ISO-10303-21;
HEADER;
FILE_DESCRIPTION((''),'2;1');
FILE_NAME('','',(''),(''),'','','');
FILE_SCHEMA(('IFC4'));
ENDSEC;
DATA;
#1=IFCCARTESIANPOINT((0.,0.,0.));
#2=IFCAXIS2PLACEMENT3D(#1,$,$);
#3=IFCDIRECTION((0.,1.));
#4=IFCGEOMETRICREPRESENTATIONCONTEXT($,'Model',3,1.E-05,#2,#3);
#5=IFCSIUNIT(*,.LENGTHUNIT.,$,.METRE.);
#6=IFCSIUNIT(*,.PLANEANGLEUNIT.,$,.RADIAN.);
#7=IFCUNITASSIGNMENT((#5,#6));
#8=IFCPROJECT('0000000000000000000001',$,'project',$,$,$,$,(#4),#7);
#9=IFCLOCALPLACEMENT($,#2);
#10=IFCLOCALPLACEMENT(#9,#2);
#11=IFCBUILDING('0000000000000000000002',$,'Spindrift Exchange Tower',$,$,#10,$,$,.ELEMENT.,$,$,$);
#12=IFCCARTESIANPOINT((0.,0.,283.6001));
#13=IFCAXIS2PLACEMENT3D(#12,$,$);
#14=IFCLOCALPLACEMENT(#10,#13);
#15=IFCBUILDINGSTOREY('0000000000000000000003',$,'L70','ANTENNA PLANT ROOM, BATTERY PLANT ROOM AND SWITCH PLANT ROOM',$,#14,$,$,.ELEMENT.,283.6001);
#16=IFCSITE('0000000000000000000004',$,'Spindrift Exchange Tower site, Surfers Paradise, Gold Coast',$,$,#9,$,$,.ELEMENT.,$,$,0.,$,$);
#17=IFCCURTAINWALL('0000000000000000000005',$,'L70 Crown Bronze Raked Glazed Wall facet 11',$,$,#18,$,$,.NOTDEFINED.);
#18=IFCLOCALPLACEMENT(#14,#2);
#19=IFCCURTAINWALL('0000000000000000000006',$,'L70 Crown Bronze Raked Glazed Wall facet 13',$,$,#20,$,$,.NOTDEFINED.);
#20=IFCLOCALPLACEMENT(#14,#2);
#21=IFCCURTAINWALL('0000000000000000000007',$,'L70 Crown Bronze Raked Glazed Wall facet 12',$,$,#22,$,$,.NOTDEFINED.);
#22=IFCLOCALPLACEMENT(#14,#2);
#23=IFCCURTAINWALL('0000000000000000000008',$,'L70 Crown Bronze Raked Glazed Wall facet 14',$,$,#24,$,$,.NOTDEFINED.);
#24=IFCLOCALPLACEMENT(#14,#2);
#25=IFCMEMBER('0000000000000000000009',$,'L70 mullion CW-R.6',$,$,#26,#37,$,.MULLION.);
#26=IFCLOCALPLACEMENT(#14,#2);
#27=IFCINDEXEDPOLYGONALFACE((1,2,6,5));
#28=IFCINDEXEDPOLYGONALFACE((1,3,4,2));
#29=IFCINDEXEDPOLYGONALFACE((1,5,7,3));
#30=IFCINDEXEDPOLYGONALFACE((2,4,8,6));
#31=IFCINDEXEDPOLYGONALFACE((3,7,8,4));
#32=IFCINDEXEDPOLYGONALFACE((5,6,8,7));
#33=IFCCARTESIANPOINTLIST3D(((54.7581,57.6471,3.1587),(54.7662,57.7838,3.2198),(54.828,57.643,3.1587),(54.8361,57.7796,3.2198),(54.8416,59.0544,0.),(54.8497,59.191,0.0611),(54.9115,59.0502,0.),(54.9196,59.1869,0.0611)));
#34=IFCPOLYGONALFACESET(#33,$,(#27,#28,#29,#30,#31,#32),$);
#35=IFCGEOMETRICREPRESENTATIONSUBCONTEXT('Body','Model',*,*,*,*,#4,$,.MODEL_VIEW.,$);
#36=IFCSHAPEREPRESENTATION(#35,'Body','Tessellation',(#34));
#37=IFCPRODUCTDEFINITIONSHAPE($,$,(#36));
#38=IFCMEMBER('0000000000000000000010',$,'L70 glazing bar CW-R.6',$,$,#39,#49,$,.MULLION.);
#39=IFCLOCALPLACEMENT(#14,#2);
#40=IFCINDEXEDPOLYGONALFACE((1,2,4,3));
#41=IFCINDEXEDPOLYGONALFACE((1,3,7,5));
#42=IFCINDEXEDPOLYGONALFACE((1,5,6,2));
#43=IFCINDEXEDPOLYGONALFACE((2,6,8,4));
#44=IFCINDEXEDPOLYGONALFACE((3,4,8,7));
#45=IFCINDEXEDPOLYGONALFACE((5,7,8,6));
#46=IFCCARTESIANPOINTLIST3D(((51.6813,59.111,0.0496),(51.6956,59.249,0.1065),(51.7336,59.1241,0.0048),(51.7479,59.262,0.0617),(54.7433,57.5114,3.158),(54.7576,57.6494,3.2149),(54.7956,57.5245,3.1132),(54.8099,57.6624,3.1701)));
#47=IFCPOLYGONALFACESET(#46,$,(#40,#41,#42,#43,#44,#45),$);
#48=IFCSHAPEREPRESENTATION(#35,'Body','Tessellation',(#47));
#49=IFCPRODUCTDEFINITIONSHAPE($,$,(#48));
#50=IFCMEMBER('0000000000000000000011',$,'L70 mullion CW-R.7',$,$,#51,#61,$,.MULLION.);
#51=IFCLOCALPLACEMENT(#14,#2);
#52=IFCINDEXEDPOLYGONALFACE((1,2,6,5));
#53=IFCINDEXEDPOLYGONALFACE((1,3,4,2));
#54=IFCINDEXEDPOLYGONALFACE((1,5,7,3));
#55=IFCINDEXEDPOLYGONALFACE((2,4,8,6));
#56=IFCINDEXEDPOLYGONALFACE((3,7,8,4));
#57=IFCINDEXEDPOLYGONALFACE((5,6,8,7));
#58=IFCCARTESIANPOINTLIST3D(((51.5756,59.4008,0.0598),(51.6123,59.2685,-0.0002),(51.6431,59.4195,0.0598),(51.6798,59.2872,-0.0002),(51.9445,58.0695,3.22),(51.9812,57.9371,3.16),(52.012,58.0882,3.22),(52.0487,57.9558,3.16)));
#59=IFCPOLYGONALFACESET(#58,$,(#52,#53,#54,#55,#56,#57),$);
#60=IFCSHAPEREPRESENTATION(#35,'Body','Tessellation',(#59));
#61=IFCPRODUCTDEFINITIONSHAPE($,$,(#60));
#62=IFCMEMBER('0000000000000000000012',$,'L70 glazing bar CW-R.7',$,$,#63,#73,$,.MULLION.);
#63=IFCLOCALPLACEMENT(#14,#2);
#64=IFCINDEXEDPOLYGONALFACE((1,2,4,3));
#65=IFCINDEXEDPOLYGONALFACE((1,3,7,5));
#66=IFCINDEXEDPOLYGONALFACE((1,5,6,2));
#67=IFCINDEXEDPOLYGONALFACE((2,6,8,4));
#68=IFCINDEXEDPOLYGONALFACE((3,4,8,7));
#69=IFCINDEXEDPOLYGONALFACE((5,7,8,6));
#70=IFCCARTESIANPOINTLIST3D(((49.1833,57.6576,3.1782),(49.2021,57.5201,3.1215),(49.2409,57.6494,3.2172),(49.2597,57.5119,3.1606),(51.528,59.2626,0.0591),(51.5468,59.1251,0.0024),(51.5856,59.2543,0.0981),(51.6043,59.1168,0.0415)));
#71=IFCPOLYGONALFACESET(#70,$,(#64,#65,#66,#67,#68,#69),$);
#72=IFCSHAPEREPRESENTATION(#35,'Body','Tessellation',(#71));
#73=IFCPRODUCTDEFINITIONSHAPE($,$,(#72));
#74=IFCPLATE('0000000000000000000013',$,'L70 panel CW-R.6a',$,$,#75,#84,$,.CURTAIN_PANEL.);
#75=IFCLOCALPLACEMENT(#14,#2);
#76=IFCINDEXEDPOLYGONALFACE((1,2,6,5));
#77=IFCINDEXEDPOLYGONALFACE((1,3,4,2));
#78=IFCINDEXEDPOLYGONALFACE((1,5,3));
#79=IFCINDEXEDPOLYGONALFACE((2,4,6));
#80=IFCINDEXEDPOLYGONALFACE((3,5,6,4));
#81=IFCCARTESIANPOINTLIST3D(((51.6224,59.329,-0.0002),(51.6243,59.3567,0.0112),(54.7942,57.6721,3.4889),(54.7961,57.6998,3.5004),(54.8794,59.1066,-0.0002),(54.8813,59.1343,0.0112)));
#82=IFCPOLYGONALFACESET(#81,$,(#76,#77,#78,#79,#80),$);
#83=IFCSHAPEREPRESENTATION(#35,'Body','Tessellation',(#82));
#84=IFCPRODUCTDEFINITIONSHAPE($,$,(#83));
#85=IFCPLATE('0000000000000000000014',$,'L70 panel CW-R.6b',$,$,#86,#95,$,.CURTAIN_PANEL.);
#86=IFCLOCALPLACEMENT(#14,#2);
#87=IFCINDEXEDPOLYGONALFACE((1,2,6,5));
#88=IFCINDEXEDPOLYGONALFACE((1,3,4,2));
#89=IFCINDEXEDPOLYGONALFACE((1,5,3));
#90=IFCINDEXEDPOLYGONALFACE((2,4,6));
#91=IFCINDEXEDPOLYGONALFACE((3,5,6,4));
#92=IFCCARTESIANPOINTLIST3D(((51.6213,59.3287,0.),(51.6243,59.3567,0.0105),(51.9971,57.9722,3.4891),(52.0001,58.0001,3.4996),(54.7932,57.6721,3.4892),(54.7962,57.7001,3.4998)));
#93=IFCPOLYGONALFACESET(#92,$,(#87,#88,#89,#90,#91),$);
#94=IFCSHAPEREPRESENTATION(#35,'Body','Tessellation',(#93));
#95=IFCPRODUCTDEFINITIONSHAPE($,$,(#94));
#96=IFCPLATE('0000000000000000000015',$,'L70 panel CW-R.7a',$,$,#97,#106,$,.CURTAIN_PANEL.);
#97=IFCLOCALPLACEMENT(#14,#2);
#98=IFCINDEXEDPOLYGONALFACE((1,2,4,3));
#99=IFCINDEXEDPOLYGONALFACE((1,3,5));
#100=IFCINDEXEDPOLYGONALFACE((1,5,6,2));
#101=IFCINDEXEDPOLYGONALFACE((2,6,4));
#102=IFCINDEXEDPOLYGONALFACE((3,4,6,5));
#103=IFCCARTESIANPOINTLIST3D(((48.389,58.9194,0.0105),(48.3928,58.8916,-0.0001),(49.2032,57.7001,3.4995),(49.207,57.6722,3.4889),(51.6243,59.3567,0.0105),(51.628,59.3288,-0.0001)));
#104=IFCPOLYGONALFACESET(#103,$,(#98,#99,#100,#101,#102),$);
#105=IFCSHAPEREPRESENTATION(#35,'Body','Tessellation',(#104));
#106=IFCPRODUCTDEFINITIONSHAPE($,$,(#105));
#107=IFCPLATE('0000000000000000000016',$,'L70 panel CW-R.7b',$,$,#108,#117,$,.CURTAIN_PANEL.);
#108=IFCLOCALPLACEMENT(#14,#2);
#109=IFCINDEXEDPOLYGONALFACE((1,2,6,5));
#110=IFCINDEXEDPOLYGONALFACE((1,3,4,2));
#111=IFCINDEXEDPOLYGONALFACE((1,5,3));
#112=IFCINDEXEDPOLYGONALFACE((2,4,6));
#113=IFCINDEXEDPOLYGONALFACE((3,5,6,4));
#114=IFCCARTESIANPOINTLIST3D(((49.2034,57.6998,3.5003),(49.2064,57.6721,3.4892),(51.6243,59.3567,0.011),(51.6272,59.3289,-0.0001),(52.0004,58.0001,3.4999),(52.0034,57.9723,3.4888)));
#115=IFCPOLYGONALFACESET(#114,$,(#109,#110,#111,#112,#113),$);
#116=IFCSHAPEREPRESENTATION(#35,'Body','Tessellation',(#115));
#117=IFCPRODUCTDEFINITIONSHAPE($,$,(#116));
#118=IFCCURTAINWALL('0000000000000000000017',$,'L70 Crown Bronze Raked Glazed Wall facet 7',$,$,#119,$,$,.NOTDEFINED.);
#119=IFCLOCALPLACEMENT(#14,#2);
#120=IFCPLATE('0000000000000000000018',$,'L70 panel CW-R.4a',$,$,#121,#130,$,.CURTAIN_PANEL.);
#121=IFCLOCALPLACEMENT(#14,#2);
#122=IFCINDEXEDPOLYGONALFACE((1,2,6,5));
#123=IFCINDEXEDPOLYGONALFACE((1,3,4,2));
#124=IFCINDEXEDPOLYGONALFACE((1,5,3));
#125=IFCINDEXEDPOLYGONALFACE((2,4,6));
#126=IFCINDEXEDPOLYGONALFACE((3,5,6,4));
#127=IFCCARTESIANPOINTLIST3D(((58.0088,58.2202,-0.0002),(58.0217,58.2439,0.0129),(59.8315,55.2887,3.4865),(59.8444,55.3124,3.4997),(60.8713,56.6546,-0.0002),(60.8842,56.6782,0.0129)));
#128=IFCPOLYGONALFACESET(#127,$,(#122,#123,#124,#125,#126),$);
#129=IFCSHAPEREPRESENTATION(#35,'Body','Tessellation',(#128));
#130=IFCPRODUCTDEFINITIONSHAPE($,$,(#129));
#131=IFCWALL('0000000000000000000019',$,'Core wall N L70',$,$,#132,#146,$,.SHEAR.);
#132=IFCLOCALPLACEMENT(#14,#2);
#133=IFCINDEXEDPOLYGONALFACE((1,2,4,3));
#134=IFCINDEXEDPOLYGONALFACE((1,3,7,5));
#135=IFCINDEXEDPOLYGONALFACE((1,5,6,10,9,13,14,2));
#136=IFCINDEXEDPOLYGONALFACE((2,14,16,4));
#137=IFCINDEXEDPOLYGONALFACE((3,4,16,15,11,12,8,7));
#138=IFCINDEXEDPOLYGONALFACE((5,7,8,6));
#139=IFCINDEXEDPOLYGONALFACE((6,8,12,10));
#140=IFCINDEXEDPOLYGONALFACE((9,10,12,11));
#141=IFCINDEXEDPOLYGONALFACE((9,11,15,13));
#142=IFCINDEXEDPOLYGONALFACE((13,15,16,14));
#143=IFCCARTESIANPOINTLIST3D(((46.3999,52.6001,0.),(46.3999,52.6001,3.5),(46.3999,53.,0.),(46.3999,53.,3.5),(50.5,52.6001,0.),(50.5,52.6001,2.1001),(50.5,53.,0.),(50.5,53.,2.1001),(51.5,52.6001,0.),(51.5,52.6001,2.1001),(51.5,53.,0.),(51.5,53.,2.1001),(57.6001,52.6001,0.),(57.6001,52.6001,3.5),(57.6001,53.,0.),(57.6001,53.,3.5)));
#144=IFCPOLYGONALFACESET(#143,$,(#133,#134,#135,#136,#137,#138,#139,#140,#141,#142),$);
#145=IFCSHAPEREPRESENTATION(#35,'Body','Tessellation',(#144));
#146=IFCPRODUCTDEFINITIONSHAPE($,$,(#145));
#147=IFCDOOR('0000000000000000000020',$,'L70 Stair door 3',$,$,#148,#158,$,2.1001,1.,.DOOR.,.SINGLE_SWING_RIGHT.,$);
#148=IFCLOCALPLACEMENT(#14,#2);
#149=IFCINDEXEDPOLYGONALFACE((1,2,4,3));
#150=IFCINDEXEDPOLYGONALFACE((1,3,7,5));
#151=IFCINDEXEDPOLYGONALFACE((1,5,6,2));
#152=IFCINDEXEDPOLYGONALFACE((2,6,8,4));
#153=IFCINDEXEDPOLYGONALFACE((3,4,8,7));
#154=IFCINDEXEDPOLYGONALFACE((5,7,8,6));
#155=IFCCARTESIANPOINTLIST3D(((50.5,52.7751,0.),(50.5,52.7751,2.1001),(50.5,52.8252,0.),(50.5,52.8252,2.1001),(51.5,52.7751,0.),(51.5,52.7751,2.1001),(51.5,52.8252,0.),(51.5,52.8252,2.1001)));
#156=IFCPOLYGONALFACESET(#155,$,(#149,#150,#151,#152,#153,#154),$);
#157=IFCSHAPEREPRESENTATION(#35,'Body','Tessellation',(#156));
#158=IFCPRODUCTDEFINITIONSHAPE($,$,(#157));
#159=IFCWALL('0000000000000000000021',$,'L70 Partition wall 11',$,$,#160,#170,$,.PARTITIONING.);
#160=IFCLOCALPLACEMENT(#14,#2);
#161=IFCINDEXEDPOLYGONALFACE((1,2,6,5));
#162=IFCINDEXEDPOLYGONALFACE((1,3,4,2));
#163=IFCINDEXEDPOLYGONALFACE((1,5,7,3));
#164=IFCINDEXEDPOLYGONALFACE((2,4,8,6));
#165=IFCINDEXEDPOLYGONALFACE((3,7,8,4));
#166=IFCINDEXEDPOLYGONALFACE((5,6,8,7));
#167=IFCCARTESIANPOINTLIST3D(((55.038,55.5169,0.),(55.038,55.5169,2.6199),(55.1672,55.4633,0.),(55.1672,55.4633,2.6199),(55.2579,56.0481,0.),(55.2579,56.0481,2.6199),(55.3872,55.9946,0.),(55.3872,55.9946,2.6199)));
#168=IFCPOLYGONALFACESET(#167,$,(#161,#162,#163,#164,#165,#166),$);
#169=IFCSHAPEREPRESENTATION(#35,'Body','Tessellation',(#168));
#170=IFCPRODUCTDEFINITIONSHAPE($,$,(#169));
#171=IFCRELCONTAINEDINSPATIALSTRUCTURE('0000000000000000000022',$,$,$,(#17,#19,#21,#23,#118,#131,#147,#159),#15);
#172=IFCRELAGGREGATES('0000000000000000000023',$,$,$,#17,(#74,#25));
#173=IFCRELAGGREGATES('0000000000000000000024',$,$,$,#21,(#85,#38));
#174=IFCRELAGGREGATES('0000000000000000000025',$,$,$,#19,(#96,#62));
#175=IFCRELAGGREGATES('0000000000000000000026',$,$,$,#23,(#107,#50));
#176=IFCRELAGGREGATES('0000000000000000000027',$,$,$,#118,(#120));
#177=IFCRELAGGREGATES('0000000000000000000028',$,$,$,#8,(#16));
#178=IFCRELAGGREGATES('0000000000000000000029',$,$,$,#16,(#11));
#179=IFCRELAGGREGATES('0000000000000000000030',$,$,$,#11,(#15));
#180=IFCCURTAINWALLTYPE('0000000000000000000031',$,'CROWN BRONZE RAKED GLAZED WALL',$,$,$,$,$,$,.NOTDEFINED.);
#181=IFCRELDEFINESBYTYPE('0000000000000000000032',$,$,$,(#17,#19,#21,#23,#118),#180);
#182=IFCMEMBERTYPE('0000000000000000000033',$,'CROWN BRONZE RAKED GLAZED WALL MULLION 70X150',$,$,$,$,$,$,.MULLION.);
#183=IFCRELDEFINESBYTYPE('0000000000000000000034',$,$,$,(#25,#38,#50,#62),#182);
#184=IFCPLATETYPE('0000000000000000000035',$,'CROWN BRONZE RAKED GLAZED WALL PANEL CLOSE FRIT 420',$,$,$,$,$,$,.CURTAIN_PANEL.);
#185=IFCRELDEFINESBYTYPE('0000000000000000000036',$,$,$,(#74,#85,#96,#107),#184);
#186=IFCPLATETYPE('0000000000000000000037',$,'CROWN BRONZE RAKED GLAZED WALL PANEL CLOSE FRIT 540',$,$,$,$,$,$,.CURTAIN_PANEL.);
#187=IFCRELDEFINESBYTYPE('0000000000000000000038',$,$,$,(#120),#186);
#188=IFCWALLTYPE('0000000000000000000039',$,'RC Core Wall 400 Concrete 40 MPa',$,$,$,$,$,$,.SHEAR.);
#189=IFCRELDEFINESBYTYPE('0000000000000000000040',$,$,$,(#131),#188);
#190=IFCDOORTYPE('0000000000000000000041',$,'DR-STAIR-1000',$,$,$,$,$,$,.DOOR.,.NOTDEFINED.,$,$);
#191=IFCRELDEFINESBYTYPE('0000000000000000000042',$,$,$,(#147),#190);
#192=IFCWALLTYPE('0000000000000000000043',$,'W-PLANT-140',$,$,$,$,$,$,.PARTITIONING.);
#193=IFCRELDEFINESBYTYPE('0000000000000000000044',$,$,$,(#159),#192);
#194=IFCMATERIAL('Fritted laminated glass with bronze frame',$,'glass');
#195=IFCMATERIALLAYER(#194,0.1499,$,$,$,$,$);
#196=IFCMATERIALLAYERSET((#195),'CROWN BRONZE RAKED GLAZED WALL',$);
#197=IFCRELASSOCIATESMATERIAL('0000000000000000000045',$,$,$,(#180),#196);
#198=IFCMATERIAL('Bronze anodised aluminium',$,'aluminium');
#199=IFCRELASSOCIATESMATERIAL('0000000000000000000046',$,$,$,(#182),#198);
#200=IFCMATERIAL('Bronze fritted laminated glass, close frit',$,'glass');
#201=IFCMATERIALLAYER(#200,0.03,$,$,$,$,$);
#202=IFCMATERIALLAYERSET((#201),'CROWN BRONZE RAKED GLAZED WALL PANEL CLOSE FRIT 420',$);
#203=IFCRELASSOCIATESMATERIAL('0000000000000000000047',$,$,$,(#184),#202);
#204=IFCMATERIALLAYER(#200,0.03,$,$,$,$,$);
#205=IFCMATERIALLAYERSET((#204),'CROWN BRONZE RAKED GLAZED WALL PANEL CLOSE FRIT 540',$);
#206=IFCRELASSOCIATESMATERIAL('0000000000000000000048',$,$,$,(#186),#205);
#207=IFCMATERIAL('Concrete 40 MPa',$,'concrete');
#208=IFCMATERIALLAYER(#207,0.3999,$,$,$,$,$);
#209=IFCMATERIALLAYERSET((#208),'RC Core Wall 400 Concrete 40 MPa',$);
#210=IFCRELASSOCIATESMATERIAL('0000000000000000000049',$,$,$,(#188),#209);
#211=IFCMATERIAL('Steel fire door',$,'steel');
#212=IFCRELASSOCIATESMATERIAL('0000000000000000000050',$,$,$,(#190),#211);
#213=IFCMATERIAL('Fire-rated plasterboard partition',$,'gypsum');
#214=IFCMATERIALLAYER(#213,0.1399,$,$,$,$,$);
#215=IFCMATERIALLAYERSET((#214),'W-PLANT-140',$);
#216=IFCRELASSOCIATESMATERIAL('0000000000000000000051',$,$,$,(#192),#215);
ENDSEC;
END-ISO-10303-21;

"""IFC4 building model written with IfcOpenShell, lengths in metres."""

from ifc_helpers import new_model, si_unit, direction, frame, frame_2d, origin, origin_2d, place, context, subcontext, project, spatial, line, indexed_curve, rectangle, outline, extrude, source, transform, mapped, material, layer, layer_set, material_profile, profile_set, type_object, element, fill, aggregate, save


model = new_model("IFC4")

# Units and contexts
model_context = context("Model", 3, precision=1e-05, world=origin(), true_north=direction((0.0, 1.0)))
body_context = subcontext(model_context, "Body", "Model", "MODEL_VIEW")
ifc_project = project(units=[si_unit("LENGTHUNIT", "METRE"), si_unit("PLANEANGLEUNIT", "RADIAN")], contexts=[model_context])

# Site, building, storey
site_placement = place(None, origin())
site = spatial("IfcSite", under=ifc_project, at=site_placement, Name="Spindrift Exchange Tower site, Surfers Paradise, Gold Coast", CompositionType="ELEMENT", RefElevation=0.0)
building_placement = place(site_placement, origin())
building = spatial("IfcBuilding", under=site, at=building_placement, Name="Spindrift Exchange Tower", CompositionType="ELEMENT")
storey_placement = place(building_placement, frame((0.0, 0.0, 283.6001)))
storey = spatial("IfcBuildingStorey", under=building, at=storey_placement, Name="L70", Description="ANTENNA PLANT ROOM, BATTERY PLANT ROOM AND SWITCH PLANT ROOM", CompositionType="ELEMENT", Elevation=283.6001)

# Shared definitions
ifc_material_1 = material(Name="Concrete 40 MPa", Category="concrete")

# Curtain walls
ifc_material_2 = material(Name="Fritted laminated glass with bronze frame", Category="glass")
ifc_layer_1 = layer(ifc_material_2, 0.1499)
ifc_layer_set_1 = layer_set([ifc_layer_1], Name="CROWN BRONZE RAKED GLAZED WALL")
curtain_wall_type = type_object("IfcCurtainWallType", Name="CROWN BRONZE RAKED GLAZED WALL", PredefinedType="NOTDEFINED", material=ifc_layer_set_1)
ifc_material_3 = material(Name="Bronze anodised aluminium", Category="aluminium")
curtain_wall_1_placement = place(storey_placement, origin())
curtain_wall_1 = element("IfcCurtainWall", 1, at=curtain_wall_1_placement, inside=storey, type_object=curtain_wall_type, Name="L70 Crown Bronze Raked Glazed Wall facet 11", PredefinedType="NOTDEFINED")
curtain_wall_2_placement = place(storey_placement, origin())
curtain_wall_2 = element("IfcCurtainWall", 2, at=curtain_wall_2_placement, inside=storey, type_object=curtain_wall_type, Name="L70 Crown Bronze Raked Glazed Wall facet 13", PredefinedType="NOTDEFINED")
curtain_wall_3_placement = place(storey_placement, origin())
curtain_wall_3 = element("IfcCurtainWall", 3, at=curtain_wall_3_placement, inside=storey, type_object=curtain_wall_type, Name="L70 Crown Bronze Raked Glazed Wall facet 12", PredefinedType="NOTDEFINED")
curtain_wall_4_placement = place(storey_placement, origin())
curtain_wall_4 = element("IfcCurtainWall", 4, at=curtain_wall_4_placement, inside=storey, type_object=curtain_wall_type, Name="L70 Crown Bronze Raked Glazed Wall facet 14", PredefinedType="NOTDEFINED")

# Members
ifc_material_profile_1 = material_profile(ifc_material_3, rectangle(XDim=0.0701, YDim=0.1499, at=origin_2d()), Name="CROWN BRONZE RAKED GLAZED WALL MULLION 70X150")
ifc_profile_set_1 = profile_set([ifc_material_profile_1], Name="Bronze anodised aluminium")
member_type_1 = type_object("IfcMemberType", Name="CROWN BRONZE RAKED GLAZED WALL MULLION 70X150", PredefinedType="MULLION", material=ifc_profile_set_1)
shared_shape_1 = source(origin(), body_context, "Body", "SweptSolid", [
    extrude(rectangle(XDim=0.0701, YDim=0.1499, at=origin_2d()), origin(), (0.0, 0.0, 1.0), 3.459),
])
member_1_placement = place(storey_placement, frame((54.8806, 59.1206, 0.0305), z_axis=(-0.024139, -0.406832, 0.913184), x_axis=(0.998244, -0.05923, 0.0)))
member_1 = element("IfcMember", 5, at=member_1_placement, type_object=member_type_1, Name="L70 mullion CW-R.6", PredefinedType="MULLION", context=body_context, shape_type="MappedRepresentation", body=[
    mapped(shared_shape_1, transform((0.0, 0.0, 0.0), scale=1.0)),
])
shared_shape_2 = source(origin(), body_context, "Body", "SweptSolid", [
    extrude(rectangle(XDim=0.0701, YDim=0.1499, at=origin_2d()), origin(), (0.0, 0.0, 1.0), 4.6472),
])
member_2_placement = place(storey_placement, frame((51.7146, 59.1865, 0.0557), z_axis=(0.658889, -0.344207, 0.66887), x_axis=(0.746142, 0.186058, -0.63926)))
member_2 = element("IfcMember", 6, at=member_2_placement, type_object=member_type_1, Name="L70 glazing bar CW-R.6", PredefinedType="MULLION", context=body_context, shape_type="MappedRepresentation", body=[
    mapped(shared_shape_2, transform((0.0, 0.0, 0.0), scale=1.0)),
])
shared_shape_3 = source(origin(), body_context, "Body", "SweptSolid", [
    extrude(rectangle(XDim=0.0701, YDim=0.1499, at=origin_2d()), origin(), (0.0, 0.0, 1.0), 3.449),
])
member_3_placement = place(storey_placement, frame((51.6277, 59.344, 0.0298), z_axis=(0.10696, -0.386005, 0.916275), x_axis=(0.963687, 0.267033, 0.0)))
member_3 = element("IfcMember", 7, at=member_3_placement, type_object=member_type_1, Name="L70 mullion CW-R.7", PredefinedType="MULLION", context=body_context, shape_type="MappedRepresentation", body=[
    mapped(shared_shape_3, transform((0.0, 0.0, 0.0), scale=1.0)),
])
shared_shape_4 = source(origin(), body_context, "Body", "SweptSolid", [
    extrude(rectangle(XDim=0.0701, YDim=0.1499, at=origin_2d()), origin(), (0.0, 0.0, 1.0), 4.2192),
])
member_4_placement = place(storey_placement, frame((51.5662, 59.1897, 0.0503), z_axis=(-0.555711, -0.380388, 0.73925), x_axis=(0.821892, -0.117436, 0.557407)))
member_4 = element("IfcMember", 8, at=member_4_placement, type_object=member_type_1, Name="L70 glazing bar CW-R.7", PredefinedType="MULLION", context=body_context, shape_type="MappedRepresentation", body=[
    mapped(shared_shape_4, transform((0.0, 0.0, 0.0), scale=1.0)),
])

# Plates
ifc_material_4 = material(Name="Bronze fritted laminated glass, close frit", Category="glass")
ifc_layer_2 = layer(ifc_material_4, 0.03)
ifc_layer_set_2 = layer_set([ifc_layer_2], Name="CROWN BRONZE RAKED GLAZED WALL PANEL CLOSE FRIT 420")
plate_type_1 = type_object("IfcPlateType", Name="CROWN BRONZE RAKED GLAZED WALL PANEL CLOSE FRIT 420", PredefinedType="CURTAIN_PANEL", material=ifc_layer_set_2)
plate_1_placement = place(storey_placement, frame((51.6243, 59.3567, 0.0112), z_axis=(0.062994, 0.922508, 0.380802), x_axis=(0.997677, -0.068127, 0.0)))
plate_1 = element("IfcPlate", 9, at=plate_1_placement, type_object=plate_type_1, Name="L70 panel CW-R.6a", PredefinedType="CURTAIN_PANEL", context=body_context, shape_type="SweptSolid", body=[
    extrude(outline(indexed_curve([(0.0, 0.0), (3.2646, 0.0), (3.2773, -3.7734)], segments=[line(1, 2, 3, 1)], self_intersect=False)), origin(), (0.0, 0.0, -1.0), 0.03),
])
aggregate(curtain_wall_1, [plate_1, member_1])
plate_2_placement = place(storey_placement, frame((51.6243, 59.3567, 0.0105), z_axis=(0.099891, 0.930959, 0.351193), x_axis=(0.63463, -0.331455, 0.698127)))
plate_2 = element("IfcPlate", 10, at=plate_2_placement, type_object=plate_type_1, Name="L70 panel CW-R.6b", PredefinedType="CURTAIN_PANEL", context=body_context, shape_type="SweptSolid", body=[
    extrude(outline(indexed_curve([(0.0, 0.0), (4.998, 0.0), (3.124, -2.0967)], segments=[line(1, 2, 3, 1)], self_intersect=False)), origin(), (0.0, 0.0, -1.0), 0.03),
])
aggregate(curtain_wall_3, [plate_2, member_2])
plate_3_placement = place(storey_placement, frame((51.6243, 59.3567, 0.0105), z_axis=(-0.125297, 0.927101, 0.353249), x_axis=(-0.990991, -0.133932, 0.0)))
plate_3 = element("IfcPlate", 11, at=plate_3_placement, type_object=plate_type_1, Name="L70 panel CW-R.7a", PredefinedType="CURTAIN_PANEL", context=body_context, shape_type="SweptSolid", body=[
    extrude(outline(indexed_curve([(0.0, 0.0), (3.2646, 0.0), (2.6211, 3.7295)], segments=[line(1, 2, 3, 1)], self_intersect=False)), origin(), (0.0, 0.0, -1.0), 0.03),
])
aggregate(curtain_wall_2, [plate_3, member_4])
plate_4_placement = place(storey_placement, frame((51.6243, 59.3567, 0.011), z_axis=(-0.09912, 0.923777, 0.369881), x_axis=(-0.53105, -0.36346, 0.76543)))
plate_4 = element("IfcPlate", 12, at=plate_4_placement, type_object=plate_type_1, Name="L70 panel CW-R.7b", PredefinedType="CURTAIN_PANEL", context=body_context, shape_type="SweptSolid", body=[
    extrude(outline(indexed_curve([(0.0, 0.0), (4.5586, 0.0), (2.9639, 2.3174)], segments=[line(1, 2, 3, 1)], self_intersect=False)), origin(), (0.0, 0.0, -1.0), 0.03),
])
aggregate(curtain_wall_4, [plate_4, member_3])

# Curtain wall, plate
curtain_wall_5_placement = place(storey_placement, origin())
curtain_wall_5 = element("IfcCurtainWall", 13, at=curtain_wall_5_placement, inside=storey, type_object=curtain_wall_type, Name="L70 Crown Bronze Raked Glazed Wall facet 7", PredefinedType="NOTDEFINED")
ifc_layer_3 = layer(ifc_material_4, 0.03)
ifc_layer_set_3 = layer_set([ifc_layer_3], Name="CROWN BRONZE RAKED GLAZED WALL PANEL CLOSE FRIT 540")
plate_type_2 = type_object("IfcPlateType", Name="CROWN BRONZE RAKED GLAZED WALL PANEL CLOSE FRIT 540", PredefinedType="CURTAIN_PANEL", material=ifc_layer_set_3)
plate_5_placement = place(storey_placement, frame((58.0217, 58.2439, 0.0129), z_axis=(0.431458, 0.788842, 0.437689), x_axis=(0.877343, -0.479864, 0.0)))
plate_5 = element("IfcPlate", 14, at=plate_5_placement, type_object=plate_type_2, Name="L70 panel CW-R.4a", PredefinedType="CURTAIN_PANEL", context=body_context, shape_type="SweptSolid", body=[
    extrude(outline(indexed_curve([(0.0, 0.0), (3.2627, 0.0), (3.0059, -3.8779)], segments=[line(1, 2, 3, 1)], self_intersect=False)), origin(), (0.0, 0.0, -1.0), 0.03),
])
aggregate(curtain_wall_5, [plate_5])

# Wall, opening, door
ifc_layer_4 = layer(ifc_material_1, 0.3999)
ifc_layer_set_4 = layer_set([ifc_layer_4], Name="RC Core Wall 400 Concrete 40 MPa")
wall_type_1 = type_object("IfcWallType", Name="RC Core Wall 400 Concrete 40 MPa", PredefinedType="SHEAR", material=ifc_layer_set_4)
wall_1_placement = place(storey_placement, frame((57.6001, 52.8, 0.0), z_axis=(0.0, 0.0, 1.0), x_axis=(-1.0, 0.0, 0.0)))
wall_1 = element("IfcWall", 15, at=wall_1_placement, inside=storey, type_object=wall_type_1, Name="Core wall N L70", PredefinedType="SHEAR", context=body_context, shape_type="SweptSolid", body=[
    extrude(rectangle(XDim=11.2002, YDim=0.3999, at=frame_2d((5.6001, 0.0))), origin(), (0.0, 0.0, 1.0), 3.5),
])
opening_placement = place(wall_1_placement, frame((6.1001, 0.0, 0.0)))
opening = element("IfcOpeningElement", 16, at=opening_placement, cuts=wall_1, PredefinedType="OPENING", context=body_context, shape_type="SweptSolid", body=[
    extrude(rectangle(XDim=1.0, YDim=2.1001, at=frame_2d((0.5, 1.05))), frame((0.0, 0.21, 0.0), z_axis=(0.0, -1.0, 0.0), x_axis=(1.0, 0.0, 0.0)), (0.0, 0.0, 1.0), 0.4199),
])
ifc_material_5 = material(Name="Steel fire door", Category="steel")
door_type = type_object("IfcDoorType", Name="DR-STAIR-1000", OperationType="NOTDEFINED", PredefinedType="DOOR", material=ifc_material_5)
shared_shape_5 = source(origin(), body_context, "Body", "SweptSolid", [
    extrude(rectangle(XDim=1.0, YDim=2.1001, at=frame_2d((0.5, 1.05))), frame((0.0, 0.0249, 0.0), z_axis=(0.0, -1.0, 0.0), x_axis=(1.0, 0.0, 0.0)), (0.0, 0.0, 1.0), 0.05),
])
door_placement = place(opening_placement, origin())
door = element("IfcDoor", 17, at=door_placement, inside=storey, type_object=door_type, Name="L70 Stair door 3", OperationType="SINGLE_SWING_RIGHT", OverallHeight=2.1001, OverallWidth=1.0, PredefinedType="DOOR", context=body_context, shape_type="MappedRepresentation", body=[
    mapped(shared_shape_5, transform((0.0, 0.0, 0.0), scale=1.0)),
])
fill(opening, door)

# Wall
ifc_material_6 = material(Name="Fire-rated plasterboard partition", Category="gypsum")
ifc_layer_5 = layer(ifc_material_6, 0.1399)
ifc_layer_set_5 = layer_set([ifc_layer_5], Name="W-PLANT-140")
wall_type_2 = type_object("IfcWallType", Name="W-PLANT-140", PredefinedType="PARTITIONING", material=ifc_layer_set_5)
wall_2_placement = place(storey_placement, frame((55.1025, 55.49, 0.0), z_axis=(0.0, 0.0, 1.0), x_axis=(0.382564, 0.923929, 0.0)))
element("IfcWall", 18, at=wall_2_placement, inside=storey, type_object=wall_type_2, Name="L70 Partition wall 11", PredefinedType="PARTITIONING", context=body_context, shape_type="SweptSolid", body=[
    extrude(rectangle(XDim=0.575, YDim=0.1399, at=frame_2d((0.2876, 0.0))), origin(), (0.0, 0.0, 1.0), 2.6199),
])

save(model, "model.ifc")
